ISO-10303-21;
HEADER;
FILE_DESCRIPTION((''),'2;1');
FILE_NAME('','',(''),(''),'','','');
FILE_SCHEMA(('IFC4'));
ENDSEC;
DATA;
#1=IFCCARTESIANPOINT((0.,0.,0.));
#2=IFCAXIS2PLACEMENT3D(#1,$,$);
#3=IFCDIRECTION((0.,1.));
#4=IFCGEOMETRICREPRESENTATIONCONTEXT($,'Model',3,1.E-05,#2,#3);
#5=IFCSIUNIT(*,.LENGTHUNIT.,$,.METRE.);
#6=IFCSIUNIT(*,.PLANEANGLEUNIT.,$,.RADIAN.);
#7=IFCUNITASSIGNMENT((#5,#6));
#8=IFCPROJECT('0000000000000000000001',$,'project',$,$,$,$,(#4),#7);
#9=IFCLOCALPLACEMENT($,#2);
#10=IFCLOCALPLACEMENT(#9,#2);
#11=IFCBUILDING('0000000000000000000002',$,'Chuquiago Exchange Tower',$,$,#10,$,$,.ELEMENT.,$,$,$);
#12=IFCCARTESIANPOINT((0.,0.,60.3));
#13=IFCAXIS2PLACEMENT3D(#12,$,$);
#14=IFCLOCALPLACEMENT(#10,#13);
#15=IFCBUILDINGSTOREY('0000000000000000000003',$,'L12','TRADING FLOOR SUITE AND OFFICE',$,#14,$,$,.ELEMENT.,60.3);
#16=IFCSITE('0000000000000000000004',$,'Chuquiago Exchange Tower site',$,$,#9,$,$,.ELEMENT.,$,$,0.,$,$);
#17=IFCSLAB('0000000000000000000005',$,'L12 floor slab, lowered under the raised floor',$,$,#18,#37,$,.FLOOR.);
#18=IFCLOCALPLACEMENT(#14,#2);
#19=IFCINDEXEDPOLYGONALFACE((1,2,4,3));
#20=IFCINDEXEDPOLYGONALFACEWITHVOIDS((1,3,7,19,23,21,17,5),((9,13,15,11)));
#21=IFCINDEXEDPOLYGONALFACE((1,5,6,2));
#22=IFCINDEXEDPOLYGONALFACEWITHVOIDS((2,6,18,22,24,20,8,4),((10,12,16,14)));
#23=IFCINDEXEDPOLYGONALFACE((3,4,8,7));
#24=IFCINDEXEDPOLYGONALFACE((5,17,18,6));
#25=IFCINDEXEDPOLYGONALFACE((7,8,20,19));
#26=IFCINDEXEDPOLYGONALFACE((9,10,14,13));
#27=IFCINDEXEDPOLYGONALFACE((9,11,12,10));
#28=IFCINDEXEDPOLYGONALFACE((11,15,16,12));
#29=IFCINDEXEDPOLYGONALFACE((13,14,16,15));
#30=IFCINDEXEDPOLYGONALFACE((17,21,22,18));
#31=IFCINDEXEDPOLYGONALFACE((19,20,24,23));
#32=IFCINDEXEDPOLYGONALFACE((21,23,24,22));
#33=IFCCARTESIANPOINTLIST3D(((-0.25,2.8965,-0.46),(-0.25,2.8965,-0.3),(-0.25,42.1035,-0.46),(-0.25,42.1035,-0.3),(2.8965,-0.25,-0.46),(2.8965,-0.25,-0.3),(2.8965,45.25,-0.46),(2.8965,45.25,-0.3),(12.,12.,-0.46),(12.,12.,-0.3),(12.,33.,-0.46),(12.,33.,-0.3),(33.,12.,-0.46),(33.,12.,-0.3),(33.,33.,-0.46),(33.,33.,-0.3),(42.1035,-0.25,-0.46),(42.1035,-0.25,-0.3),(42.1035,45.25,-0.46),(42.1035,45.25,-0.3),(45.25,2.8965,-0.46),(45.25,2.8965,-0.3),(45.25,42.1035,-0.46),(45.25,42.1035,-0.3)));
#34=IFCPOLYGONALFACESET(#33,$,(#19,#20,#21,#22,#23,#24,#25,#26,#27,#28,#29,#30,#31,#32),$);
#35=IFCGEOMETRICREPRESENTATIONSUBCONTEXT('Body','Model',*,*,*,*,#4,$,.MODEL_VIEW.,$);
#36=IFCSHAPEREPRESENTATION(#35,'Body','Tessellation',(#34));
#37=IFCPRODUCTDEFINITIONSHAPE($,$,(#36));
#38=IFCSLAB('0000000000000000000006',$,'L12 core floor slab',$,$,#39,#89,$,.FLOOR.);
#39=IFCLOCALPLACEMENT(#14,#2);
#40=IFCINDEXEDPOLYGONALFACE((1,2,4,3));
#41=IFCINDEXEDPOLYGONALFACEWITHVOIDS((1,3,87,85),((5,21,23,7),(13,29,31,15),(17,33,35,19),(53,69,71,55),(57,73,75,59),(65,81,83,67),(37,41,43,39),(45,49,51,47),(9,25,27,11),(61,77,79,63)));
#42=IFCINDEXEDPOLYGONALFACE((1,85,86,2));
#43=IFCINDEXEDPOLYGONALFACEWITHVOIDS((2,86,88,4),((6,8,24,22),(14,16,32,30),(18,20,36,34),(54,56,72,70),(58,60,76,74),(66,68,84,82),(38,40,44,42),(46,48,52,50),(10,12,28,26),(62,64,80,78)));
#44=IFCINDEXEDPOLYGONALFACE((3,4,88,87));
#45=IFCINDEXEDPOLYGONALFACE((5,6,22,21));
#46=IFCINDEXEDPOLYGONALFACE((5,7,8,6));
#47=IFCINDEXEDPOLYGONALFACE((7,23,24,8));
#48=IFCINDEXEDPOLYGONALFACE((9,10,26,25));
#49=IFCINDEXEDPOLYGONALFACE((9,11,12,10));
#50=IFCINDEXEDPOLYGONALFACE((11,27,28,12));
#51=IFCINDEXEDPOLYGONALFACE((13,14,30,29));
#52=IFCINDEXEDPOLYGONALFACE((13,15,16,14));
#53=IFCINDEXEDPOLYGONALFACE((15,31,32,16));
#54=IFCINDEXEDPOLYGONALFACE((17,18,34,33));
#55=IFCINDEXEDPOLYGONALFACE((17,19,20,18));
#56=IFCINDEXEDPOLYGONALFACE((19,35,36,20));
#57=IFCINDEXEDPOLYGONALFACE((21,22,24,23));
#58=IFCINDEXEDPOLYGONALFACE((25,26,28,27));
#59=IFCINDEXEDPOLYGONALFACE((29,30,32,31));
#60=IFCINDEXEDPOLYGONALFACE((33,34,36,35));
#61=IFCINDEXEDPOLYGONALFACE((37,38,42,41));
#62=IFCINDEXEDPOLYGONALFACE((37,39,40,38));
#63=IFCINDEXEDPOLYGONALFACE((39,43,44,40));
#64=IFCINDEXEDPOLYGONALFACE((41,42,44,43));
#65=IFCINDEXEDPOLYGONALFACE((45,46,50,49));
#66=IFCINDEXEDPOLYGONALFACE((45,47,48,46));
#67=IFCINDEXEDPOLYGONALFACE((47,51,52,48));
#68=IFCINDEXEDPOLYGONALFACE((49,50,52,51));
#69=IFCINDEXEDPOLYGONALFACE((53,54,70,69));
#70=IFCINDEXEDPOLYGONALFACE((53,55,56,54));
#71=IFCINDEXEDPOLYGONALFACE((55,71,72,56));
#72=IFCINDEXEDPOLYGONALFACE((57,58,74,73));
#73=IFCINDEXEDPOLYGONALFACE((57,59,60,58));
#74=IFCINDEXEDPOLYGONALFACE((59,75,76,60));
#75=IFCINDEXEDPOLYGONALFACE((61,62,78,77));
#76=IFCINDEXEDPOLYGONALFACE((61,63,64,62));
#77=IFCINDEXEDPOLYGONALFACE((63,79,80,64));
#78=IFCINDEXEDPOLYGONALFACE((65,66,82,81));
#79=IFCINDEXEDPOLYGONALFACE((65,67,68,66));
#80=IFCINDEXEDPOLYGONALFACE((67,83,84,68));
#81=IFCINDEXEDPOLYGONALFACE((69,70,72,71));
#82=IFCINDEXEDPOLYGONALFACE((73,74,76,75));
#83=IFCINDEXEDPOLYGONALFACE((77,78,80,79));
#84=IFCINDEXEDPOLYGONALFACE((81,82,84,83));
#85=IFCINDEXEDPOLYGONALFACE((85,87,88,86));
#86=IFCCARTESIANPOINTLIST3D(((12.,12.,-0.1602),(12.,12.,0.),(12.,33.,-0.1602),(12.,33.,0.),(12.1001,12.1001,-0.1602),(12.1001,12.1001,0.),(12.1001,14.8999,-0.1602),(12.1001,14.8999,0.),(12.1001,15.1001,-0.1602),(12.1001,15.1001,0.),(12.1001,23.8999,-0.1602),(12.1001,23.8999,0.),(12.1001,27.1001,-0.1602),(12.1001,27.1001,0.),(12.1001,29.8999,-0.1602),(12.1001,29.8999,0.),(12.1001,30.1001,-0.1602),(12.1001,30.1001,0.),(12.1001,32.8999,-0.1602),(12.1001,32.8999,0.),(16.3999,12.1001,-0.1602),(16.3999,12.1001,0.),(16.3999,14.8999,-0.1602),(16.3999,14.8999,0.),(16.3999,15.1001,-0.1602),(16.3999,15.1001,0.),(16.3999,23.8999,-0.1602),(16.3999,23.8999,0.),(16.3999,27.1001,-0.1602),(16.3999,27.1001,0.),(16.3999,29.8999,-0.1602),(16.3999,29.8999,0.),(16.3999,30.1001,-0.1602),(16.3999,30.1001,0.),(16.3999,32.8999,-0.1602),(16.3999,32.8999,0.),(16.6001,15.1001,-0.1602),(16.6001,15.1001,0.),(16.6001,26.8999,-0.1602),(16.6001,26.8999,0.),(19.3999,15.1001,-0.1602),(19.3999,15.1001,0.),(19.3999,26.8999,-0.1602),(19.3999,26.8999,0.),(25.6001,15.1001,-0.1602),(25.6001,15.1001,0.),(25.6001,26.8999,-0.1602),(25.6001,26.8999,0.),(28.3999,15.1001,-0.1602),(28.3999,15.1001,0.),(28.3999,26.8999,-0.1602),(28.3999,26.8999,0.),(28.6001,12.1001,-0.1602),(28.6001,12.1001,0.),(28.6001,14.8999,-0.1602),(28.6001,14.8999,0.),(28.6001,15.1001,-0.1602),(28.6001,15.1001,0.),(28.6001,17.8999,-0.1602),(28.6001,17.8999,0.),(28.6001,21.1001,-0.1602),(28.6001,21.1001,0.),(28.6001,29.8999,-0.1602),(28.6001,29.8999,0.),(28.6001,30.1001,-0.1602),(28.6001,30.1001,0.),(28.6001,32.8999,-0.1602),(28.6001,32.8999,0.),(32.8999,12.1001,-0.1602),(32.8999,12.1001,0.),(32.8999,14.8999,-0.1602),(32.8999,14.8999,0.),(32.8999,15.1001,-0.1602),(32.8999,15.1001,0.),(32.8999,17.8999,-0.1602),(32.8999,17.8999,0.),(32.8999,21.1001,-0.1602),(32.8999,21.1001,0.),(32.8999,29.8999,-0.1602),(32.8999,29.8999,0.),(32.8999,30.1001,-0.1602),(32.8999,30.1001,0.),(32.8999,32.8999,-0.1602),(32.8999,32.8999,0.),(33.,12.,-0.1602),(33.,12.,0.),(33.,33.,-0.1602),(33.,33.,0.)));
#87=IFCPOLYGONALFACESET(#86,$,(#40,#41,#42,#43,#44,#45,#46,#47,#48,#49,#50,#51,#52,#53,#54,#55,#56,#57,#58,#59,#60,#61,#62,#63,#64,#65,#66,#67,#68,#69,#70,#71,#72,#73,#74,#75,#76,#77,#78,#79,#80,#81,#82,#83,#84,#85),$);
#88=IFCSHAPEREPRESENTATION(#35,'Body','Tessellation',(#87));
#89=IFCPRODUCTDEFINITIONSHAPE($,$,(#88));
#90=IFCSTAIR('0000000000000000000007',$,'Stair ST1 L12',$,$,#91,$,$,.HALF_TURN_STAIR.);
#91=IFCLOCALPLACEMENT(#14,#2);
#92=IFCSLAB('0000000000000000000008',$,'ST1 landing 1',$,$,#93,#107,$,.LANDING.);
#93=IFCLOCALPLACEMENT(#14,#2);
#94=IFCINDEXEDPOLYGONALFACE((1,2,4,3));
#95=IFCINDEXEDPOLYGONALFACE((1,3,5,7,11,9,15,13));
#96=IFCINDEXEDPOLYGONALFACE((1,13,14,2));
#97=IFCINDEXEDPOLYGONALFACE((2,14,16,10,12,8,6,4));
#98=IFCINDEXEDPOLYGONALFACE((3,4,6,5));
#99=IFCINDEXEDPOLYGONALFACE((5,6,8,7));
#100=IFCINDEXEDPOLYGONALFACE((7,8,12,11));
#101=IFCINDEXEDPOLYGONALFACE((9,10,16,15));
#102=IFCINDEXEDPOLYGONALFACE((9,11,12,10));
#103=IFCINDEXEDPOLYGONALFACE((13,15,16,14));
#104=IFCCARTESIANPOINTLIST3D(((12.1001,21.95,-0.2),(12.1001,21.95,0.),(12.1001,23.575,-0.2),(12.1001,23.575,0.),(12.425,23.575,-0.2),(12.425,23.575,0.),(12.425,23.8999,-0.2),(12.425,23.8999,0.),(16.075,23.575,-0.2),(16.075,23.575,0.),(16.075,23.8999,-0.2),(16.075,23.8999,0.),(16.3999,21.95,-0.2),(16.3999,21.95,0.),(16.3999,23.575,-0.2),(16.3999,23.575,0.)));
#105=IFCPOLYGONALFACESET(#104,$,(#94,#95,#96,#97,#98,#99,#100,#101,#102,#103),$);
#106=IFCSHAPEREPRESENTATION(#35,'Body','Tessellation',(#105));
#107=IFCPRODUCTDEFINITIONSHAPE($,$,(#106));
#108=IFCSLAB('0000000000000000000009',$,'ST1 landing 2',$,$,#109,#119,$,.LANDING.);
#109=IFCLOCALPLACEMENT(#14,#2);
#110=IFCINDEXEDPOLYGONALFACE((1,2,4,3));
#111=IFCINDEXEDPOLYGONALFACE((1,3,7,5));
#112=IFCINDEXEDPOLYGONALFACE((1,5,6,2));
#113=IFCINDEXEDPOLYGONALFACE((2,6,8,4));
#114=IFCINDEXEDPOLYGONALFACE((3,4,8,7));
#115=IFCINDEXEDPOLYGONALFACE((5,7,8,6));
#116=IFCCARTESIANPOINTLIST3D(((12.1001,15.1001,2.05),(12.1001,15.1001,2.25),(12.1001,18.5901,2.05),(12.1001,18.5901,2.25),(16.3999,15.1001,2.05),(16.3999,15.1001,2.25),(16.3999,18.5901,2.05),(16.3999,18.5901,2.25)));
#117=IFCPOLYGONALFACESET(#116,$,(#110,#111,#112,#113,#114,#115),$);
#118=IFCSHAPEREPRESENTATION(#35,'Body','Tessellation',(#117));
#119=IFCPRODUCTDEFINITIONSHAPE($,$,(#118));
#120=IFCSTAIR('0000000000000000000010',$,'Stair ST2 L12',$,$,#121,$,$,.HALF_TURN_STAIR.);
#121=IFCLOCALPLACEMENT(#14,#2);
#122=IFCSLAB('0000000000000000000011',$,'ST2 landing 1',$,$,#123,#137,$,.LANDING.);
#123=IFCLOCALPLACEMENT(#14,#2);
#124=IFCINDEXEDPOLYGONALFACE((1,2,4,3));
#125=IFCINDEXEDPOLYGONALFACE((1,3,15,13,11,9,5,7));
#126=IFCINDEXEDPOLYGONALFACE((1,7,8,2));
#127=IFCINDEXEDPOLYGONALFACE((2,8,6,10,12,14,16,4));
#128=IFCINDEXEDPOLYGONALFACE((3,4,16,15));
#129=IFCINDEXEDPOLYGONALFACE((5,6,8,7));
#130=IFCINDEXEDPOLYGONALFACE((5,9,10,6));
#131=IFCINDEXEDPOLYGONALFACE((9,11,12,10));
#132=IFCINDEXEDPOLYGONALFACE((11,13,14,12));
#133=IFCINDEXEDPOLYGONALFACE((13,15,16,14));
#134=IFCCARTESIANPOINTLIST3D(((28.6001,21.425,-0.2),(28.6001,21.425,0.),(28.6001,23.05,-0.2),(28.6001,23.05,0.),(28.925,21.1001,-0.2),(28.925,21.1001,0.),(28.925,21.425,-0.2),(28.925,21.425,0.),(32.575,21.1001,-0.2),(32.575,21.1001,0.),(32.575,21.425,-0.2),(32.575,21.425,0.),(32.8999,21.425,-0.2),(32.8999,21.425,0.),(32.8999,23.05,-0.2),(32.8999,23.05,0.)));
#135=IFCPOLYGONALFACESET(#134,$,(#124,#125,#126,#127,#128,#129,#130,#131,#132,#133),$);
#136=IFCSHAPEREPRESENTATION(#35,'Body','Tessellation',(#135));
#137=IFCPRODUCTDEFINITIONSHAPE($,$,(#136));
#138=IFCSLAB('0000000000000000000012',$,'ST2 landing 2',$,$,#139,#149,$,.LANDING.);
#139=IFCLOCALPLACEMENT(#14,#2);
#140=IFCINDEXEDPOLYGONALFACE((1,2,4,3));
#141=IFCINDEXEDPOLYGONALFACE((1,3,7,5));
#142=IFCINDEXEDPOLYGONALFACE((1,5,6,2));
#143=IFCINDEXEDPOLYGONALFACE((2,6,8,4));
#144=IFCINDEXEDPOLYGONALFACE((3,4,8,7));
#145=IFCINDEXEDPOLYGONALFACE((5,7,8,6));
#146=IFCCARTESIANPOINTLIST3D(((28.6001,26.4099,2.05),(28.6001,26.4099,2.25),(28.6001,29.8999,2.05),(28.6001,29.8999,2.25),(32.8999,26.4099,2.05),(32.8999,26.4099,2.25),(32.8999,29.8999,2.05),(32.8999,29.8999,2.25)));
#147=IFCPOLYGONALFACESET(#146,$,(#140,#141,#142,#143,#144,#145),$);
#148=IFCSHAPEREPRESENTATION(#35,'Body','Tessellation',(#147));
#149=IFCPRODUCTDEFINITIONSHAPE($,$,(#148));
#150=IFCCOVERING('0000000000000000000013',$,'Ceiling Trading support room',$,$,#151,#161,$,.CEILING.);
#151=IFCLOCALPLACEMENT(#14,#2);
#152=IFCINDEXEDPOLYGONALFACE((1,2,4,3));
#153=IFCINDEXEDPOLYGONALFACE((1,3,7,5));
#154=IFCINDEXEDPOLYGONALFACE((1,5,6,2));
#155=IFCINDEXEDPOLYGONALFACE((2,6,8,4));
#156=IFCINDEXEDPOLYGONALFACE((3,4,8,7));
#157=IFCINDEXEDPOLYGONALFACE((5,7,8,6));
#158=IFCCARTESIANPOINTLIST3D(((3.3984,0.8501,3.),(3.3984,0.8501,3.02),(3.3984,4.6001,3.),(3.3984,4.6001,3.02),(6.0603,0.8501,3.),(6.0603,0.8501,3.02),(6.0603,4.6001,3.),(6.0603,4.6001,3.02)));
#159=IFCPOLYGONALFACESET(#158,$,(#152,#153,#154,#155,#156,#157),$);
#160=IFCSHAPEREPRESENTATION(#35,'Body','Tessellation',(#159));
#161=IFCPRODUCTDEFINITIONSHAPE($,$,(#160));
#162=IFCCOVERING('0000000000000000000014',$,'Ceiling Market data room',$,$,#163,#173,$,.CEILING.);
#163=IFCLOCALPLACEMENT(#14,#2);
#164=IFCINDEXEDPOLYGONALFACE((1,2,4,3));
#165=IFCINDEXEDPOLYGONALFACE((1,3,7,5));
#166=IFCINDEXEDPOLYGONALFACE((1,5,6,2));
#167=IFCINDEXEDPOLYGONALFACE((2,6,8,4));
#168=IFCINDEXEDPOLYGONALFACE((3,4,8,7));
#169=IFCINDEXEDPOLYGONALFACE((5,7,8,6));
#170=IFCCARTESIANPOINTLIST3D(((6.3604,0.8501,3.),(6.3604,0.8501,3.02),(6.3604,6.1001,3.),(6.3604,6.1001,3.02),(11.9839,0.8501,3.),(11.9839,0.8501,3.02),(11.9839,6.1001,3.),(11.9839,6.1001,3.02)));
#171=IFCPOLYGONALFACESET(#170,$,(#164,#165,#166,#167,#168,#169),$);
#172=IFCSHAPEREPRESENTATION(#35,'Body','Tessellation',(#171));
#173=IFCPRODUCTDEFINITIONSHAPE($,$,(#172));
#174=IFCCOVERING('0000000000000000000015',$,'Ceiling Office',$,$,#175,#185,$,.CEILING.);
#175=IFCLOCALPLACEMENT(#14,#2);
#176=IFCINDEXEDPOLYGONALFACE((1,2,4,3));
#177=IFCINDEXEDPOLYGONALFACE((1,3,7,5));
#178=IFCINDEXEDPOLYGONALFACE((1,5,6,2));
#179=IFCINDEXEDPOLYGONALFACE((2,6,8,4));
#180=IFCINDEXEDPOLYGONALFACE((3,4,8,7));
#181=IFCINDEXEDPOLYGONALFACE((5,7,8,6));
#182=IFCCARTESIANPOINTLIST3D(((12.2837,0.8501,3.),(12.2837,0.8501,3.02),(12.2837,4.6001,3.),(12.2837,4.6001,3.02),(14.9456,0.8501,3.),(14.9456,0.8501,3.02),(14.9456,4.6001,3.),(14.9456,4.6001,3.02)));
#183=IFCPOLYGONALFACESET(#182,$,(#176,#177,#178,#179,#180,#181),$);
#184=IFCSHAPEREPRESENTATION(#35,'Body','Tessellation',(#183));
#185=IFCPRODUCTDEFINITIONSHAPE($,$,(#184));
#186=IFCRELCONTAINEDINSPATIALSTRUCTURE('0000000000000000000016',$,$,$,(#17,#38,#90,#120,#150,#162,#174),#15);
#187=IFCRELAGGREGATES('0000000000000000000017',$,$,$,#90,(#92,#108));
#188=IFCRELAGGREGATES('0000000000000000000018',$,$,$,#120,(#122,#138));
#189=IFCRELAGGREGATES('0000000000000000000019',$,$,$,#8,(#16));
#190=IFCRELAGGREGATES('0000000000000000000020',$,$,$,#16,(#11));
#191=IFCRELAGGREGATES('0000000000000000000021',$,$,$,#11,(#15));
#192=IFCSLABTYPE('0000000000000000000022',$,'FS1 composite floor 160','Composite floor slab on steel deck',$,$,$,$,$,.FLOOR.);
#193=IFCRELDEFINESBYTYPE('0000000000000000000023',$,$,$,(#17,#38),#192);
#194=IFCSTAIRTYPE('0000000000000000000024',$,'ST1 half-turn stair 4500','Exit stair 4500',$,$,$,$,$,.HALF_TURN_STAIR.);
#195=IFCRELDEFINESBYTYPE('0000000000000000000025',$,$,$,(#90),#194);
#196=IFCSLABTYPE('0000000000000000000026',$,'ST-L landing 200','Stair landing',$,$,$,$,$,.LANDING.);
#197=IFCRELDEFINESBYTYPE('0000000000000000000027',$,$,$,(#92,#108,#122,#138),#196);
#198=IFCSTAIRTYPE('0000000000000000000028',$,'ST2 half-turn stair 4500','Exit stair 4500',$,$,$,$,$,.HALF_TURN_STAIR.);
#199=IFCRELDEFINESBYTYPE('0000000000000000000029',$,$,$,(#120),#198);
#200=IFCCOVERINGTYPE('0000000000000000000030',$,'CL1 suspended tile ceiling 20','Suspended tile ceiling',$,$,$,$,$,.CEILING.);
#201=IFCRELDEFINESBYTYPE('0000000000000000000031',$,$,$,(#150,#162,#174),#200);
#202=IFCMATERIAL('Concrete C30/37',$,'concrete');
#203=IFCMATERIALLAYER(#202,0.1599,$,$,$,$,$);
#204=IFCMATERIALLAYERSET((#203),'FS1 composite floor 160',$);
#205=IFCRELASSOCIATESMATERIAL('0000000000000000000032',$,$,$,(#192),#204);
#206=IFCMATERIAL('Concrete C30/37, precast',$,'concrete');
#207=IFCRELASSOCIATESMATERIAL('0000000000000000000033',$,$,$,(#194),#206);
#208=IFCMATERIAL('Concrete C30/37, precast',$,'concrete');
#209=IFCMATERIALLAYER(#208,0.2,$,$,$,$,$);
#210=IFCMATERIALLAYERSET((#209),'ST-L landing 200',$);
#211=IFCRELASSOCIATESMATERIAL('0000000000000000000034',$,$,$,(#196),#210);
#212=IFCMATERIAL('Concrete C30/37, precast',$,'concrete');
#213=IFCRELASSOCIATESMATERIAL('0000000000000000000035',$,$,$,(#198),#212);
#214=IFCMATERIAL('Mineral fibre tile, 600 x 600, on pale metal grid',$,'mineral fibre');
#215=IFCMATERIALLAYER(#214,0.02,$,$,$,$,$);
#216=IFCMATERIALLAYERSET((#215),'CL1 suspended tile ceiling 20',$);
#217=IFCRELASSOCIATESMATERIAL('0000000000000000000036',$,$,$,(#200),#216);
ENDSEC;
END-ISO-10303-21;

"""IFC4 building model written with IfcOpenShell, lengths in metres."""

from ifc_helpers import new_model, si_unit, direction, frame, origin, place, context, subcontext, project, spatial, polyline, outline, extrude, material, layer, layer_set, type_object, element, aggregate, save


model = new_model("IFC4")

# Units and contexts
model_context = context("Model", 3, precision=1e-05, world=origin(), true_north=direction((0.0, 1.0)))
body_context = subcontext(model_context, "Body", "Model", "MODEL_VIEW")
ifc_project = project(units=[si_unit("LENGTHUNIT", "METRE"), si_unit("PLANEANGLEUNIT", "RADIAN")], contexts=[model_context])

# Site, building, storey
site_placement = place(None, origin())
site = spatial("IfcSite", under=ifc_project, at=site_placement, Name="Chuquiago Exchange Tower site", CompositionType="ELEMENT", RefElevation=0.0)
building_placement = place(site_placement, origin())
building = spatial("IfcBuilding", under=site, at=building_placement, Name="Chuquiago Exchange Tower", CompositionType="ELEMENT")
storey_placement = place(building_placement, frame((0.0, 0.0, 60.3)))
storey = spatial("IfcBuildingStorey", under=building, at=storey_placement, Name="L12", Description="TRADING FLOOR SUITE AND OFFICE", CompositionType="ELEMENT", Elevation=60.3)

# Slabs
ifc_material_1 = material(Name="Concrete C30/37", Category="concrete")
ifc_layer_1 = layer(ifc_material_1, 0.1599)
ifc_layer_set_1 = layer_set([ifc_layer_1], Name="FS1 composite floor 160")
slab_type_1 = type_object("IfcSlabType", Name="FS1 composite floor 160", Description="Composite floor slab on steel deck", PredefinedType="FLOOR", material=ifc_layer_set_1)
slab_1_placement = place(storey_placement, frame((0.0, 0.0, -0.46)))
element("IfcSlab", 1, at=slab_1_placement, inside=storey, type_object=slab_type_1, Name="L12 floor slab, lowered under the raised floor", PredefinedType="FLOOR", context=body_context, shape_type="SweptSolid", body=[
    extrude(outline(polyline([(-0.25, 2.8965), (-0.25, 42.1035), (2.8965, 45.25), (42.1035, 45.25), (45.25, 42.1035), (45.25, 2.8965), (42.1035, -0.25), (2.8965, -0.25), (-0.25, 2.8965)]), holes=[polyline([(33.0, 33.0), (12.0, 33.0), (12.0, 12.0), (33.0, 12.0), (33.0, 33.0)])]), origin(), (0.0, 0.0, 1.0), 0.1599),
])
slab_2_placement = place(storey_placement, frame((0.0, 0.0, -0.1602)))
element("IfcSlab", 2, at=slab_2_placement, inside=storey, type_object=slab_type_1, Name="L12 core floor slab", PredefinedType="FLOOR", context=body_context, shape_type="SweptSolid", body=[
    extrude(outline(polyline([(33.0, 12.0), (33.0, 33.0), (12.0, 33.0), (12.0, 12.0), (33.0, 12.0)]), holes=[polyline([(16.3999, 15.1001), (12.1001, 15.1001), (12.1001, 23.8999), (16.3999, 23.8999), (16.3999, 15.1001)]), polyline([(32.8999, 21.1001), (28.6001, 21.1001), (28.6001, 29.8999), (32.8999, 29.8999), (32.8999, 21.1001)]), polyline([(16.3999, 12.1001), (12.1001, 12.1001), (12.1001, 14.8999), (16.3999, 14.8999), (16.3999, 12.1001)]), polyline([(16.3999, 30.1001), (12.1001, 30.1001), (12.1001, 32.8999), (16.3999, 32.8999), (16.3999, 30.1001)]), polyline([(32.8999, 12.1001), (28.6001, 12.1001), (28.6001, 14.8999), (32.8999, 14.8999), (32.8999, 12.1001)]), polyline([(32.8999, 30.1001), (28.6001, 30.1001), (28.6001, 32.8999), (32.8999, 32.8999), (32.8999, 30.1001)]), polyline([(16.3999, 27.1001), (12.1001, 27.1001), (12.1001, 29.8999), (16.3999, 29.8999), (16.3999, 27.1001)]), polyline([(32.8999, 15.1001), (28.6001, 15.1001), (28.6001, 17.8999), (32.8999, 17.8999), (32.8999, 15.1001)]), polyline([(19.3999, 15.1001), (16.6001, 15.1001), (16.6001, 26.8999), (19.3999, 26.8999), (19.3999, 15.1001)]), polyline([(28.3999, 15.1001), (25.6001, 15.1001), (25.6001, 26.8999), (28.3999, 26.8999), (28.3999, 15.1001)])]), origin(), (0.0, 0.0, 1.0), 0.1602),
])

# Stairs, slabs
ifc_material_2 = material(Name="Concrete C30/37, precast", Category="concrete")
stair_type_1 = type_object("IfcStairType", Name="ST1 half-turn stair 4500", Description="Exit stair 4500", PredefinedType="HALF_TURN_STAIR", material=ifc_material_2)
stair_1_placement = place(storey_placement, origin())
stair_1 = element("IfcStair", 3, at=stair_1_placement, inside=storey, type_object=stair_type_1, Name="Stair ST1 L12", PredefinedType="HALF_TURN_STAIR")
ifc_material_3 = material(Name="Concrete C30/37, precast", Category="concrete")
ifc_layer_2 = layer(ifc_material_3, 0.2)
ifc_layer_set_2 = layer_set([ifc_layer_2], Name="ST-L landing 200")
slab_type_2 = type_object("IfcSlabType", Name="ST-L landing 200", Description="Stair landing", PredefinedType="LANDING", material=ifc_layer_set_2)
slab_3_placement = place(storey_placement, frame((0.0, 0.0, -0.2)))
slab_3 = element("IfcSlab", 4, at=slab_3_placement, type_object=slab_type_2, Name="ST1 landing 1", PredefinedType="LANDING", context=body_context, shape_type="SweptSolid", body=[
    extrude(outline(polyline([(12.425, 23.8999), (16.075, 23.8999), (16.075, 23.575), (16.3999, 23.575), (16.3999, 21.95), (12.1001, 21.95), (12.1001, 23.575), (12.425, 23.575), (12.425, 23.8999)])), origin(), (0.0, 0.0, 1.0), 0.2),
])
slab_4_placement = place(storey_placement, frame((0.0, 0.0, 2.05)))
slab_4 = element("IfcSlab", 5, at=slab_4_placement, type_object=slab_type_2, Name="ST1 landing 2", PredefinedType="LANDING", context=body_context, shape_type="SweptSolid", body=[
    extrude(outline(polyline([(12.1001, 18.5901), (16.3999, 18.5901), (16.3999, 15.1001), (12.1001, 15.1001), (12.1001, 18.5901)])), origin(), (0.0, 0.0, 1.0), 0.2),
])
aggregate(stair_1, [slab_3, slab_4])
ifc_material_4 = material(Name="Concrete C30/37, precast", Category="concrete")
stair_type_2 = type_object("IfcStairType", Name="ST2 half-turn stair 4500", Description="Exit stair 4500", PredefinedType="HALF_TURN_STAIR", material=ifc_material_4)
stair_2_placement = place(storey_placement, origin())
stair_2 = element("IfcStair", 6, at=stair_2_placement, inside=storey, type_object=stair_type_2, Name="Stair ST2 L12", PredefinedType="HALF_TURN_STAIR")
slab_5_placement = place(storey_placement, frame((0.0, 0.0, -0.2)))
slab_5 = element("IfcSlab", 7, at=slab_5_placement, type_object=slab_type_2, Name="ST2 landing 1", PredefinedType="LANDING", context=body_context, shape_type="SweptSolid", body=[
    extrude(outline(polyline([(32.575, 21.425), (32.575, 21.1001), (28.925, 21.1001), (28.925, 21.425), (28.6001, 21.425), (28.6001, 23.05), (32.8999, 23.05), (32.8999, 21.425), (32.575, 21.425)])), origin(), (0.0, 0.0, 1.0), 0.2),
])
slab_6_placement = place(storey_placement, frame((0.0, 0.0, 2.05)))
slab_6 = element("IfcSlab", 8, at=slab_6_placement, type_object=slab_type_2, Name="ST2 landing 2", PredefinedType="LANDING", context=body_context, shape_type="SweptSolid", body=[
    extrude(outline(polyline([(28.6001, 29.8999), (32.8999, 29.8999), (32.8999, 26.4099), (28.6001, 26.4099), (28.6001, 29.8999)])), origin(), (0.0, 0.0, 1.0), 0.2),
])
aggregate(stair_2, [slab_5, slab_6])

# Coverings
ifc_material_5 = material(Name="Mineral fibre tile, 600 x 600, on pale metal grid", Category="mineral fibre")
ifc_layer_3 = layer(ifc_material_5, 0.02)
ifc_layer_set_3 = layer_set([ifc_layer_3], Name="CL1 suspended tile ceiling 20")
covering_type_1 = type_object("IfcCoveringType", Name="CL1 suspended tile ceiling 20", Description="Suspended tile ceiling", PredefinedType="CEILING", material=ifc_layer_set_3)
covering_1_placement = place(storey_placement, frame((0.0, 0.0, 3.0)))
element("IfcCovering", 9, at=covering_1_placement, inside=storey, type_object=covering_type_1, Name="Ceiling Trading support room", PredefinedType="CEILING", context=body_context, shape_type="SweptSolid", body=[
    extrude(outline(polyline([(3.3984, 4.6001), (6.0603, 4.6001), (6.0603, 0.8501), (3.3984, 0.8501), (3.3984, 4.6001)])), origin(), (0.0, 0.0, 1.0), 0.02),
])
covering_2_placement = place(storey_placement, frame((0.0, 0.0, 3.0)))
element("IfcCovering", 10, at=covering_2_placement, inside=storey, type_object=covering_type_1, Name="Ceiling Market data room", PredefinedType="CEILING", context=body_context, shape_type="SweptSolid", body=[
    extrude(outline(polyline([(6.3604, 6.1001), (11.9839, 6.1001), (11.9839, 0.8501), (6.3604, 0.8501), (6.3604, 6.1001)])), origin(), (0.0, 0.0, 1.0), 0.02),
])
covering_3_placement = place(storey_placement, frame((0.0, 0.0, 3.0)))
element("IfcCovering", 11, at=covering_3_placement, inside=storey, type_object=covering_type_1, Name="Ceiling Office", PredefinedType="CEILING", context=body_context, shape_type="SweptSolid", body=[
    extrude(outline(polyline([(12.2837, 4.6001), (14.9456, 4.6001), (14.9456, 0.8501), (12.2837, 0.8501), (12.2837, 4.6001)])), origin(), (0.0, 0.0, 1.0), 0.02),
])

save(model, "model.ifc")
